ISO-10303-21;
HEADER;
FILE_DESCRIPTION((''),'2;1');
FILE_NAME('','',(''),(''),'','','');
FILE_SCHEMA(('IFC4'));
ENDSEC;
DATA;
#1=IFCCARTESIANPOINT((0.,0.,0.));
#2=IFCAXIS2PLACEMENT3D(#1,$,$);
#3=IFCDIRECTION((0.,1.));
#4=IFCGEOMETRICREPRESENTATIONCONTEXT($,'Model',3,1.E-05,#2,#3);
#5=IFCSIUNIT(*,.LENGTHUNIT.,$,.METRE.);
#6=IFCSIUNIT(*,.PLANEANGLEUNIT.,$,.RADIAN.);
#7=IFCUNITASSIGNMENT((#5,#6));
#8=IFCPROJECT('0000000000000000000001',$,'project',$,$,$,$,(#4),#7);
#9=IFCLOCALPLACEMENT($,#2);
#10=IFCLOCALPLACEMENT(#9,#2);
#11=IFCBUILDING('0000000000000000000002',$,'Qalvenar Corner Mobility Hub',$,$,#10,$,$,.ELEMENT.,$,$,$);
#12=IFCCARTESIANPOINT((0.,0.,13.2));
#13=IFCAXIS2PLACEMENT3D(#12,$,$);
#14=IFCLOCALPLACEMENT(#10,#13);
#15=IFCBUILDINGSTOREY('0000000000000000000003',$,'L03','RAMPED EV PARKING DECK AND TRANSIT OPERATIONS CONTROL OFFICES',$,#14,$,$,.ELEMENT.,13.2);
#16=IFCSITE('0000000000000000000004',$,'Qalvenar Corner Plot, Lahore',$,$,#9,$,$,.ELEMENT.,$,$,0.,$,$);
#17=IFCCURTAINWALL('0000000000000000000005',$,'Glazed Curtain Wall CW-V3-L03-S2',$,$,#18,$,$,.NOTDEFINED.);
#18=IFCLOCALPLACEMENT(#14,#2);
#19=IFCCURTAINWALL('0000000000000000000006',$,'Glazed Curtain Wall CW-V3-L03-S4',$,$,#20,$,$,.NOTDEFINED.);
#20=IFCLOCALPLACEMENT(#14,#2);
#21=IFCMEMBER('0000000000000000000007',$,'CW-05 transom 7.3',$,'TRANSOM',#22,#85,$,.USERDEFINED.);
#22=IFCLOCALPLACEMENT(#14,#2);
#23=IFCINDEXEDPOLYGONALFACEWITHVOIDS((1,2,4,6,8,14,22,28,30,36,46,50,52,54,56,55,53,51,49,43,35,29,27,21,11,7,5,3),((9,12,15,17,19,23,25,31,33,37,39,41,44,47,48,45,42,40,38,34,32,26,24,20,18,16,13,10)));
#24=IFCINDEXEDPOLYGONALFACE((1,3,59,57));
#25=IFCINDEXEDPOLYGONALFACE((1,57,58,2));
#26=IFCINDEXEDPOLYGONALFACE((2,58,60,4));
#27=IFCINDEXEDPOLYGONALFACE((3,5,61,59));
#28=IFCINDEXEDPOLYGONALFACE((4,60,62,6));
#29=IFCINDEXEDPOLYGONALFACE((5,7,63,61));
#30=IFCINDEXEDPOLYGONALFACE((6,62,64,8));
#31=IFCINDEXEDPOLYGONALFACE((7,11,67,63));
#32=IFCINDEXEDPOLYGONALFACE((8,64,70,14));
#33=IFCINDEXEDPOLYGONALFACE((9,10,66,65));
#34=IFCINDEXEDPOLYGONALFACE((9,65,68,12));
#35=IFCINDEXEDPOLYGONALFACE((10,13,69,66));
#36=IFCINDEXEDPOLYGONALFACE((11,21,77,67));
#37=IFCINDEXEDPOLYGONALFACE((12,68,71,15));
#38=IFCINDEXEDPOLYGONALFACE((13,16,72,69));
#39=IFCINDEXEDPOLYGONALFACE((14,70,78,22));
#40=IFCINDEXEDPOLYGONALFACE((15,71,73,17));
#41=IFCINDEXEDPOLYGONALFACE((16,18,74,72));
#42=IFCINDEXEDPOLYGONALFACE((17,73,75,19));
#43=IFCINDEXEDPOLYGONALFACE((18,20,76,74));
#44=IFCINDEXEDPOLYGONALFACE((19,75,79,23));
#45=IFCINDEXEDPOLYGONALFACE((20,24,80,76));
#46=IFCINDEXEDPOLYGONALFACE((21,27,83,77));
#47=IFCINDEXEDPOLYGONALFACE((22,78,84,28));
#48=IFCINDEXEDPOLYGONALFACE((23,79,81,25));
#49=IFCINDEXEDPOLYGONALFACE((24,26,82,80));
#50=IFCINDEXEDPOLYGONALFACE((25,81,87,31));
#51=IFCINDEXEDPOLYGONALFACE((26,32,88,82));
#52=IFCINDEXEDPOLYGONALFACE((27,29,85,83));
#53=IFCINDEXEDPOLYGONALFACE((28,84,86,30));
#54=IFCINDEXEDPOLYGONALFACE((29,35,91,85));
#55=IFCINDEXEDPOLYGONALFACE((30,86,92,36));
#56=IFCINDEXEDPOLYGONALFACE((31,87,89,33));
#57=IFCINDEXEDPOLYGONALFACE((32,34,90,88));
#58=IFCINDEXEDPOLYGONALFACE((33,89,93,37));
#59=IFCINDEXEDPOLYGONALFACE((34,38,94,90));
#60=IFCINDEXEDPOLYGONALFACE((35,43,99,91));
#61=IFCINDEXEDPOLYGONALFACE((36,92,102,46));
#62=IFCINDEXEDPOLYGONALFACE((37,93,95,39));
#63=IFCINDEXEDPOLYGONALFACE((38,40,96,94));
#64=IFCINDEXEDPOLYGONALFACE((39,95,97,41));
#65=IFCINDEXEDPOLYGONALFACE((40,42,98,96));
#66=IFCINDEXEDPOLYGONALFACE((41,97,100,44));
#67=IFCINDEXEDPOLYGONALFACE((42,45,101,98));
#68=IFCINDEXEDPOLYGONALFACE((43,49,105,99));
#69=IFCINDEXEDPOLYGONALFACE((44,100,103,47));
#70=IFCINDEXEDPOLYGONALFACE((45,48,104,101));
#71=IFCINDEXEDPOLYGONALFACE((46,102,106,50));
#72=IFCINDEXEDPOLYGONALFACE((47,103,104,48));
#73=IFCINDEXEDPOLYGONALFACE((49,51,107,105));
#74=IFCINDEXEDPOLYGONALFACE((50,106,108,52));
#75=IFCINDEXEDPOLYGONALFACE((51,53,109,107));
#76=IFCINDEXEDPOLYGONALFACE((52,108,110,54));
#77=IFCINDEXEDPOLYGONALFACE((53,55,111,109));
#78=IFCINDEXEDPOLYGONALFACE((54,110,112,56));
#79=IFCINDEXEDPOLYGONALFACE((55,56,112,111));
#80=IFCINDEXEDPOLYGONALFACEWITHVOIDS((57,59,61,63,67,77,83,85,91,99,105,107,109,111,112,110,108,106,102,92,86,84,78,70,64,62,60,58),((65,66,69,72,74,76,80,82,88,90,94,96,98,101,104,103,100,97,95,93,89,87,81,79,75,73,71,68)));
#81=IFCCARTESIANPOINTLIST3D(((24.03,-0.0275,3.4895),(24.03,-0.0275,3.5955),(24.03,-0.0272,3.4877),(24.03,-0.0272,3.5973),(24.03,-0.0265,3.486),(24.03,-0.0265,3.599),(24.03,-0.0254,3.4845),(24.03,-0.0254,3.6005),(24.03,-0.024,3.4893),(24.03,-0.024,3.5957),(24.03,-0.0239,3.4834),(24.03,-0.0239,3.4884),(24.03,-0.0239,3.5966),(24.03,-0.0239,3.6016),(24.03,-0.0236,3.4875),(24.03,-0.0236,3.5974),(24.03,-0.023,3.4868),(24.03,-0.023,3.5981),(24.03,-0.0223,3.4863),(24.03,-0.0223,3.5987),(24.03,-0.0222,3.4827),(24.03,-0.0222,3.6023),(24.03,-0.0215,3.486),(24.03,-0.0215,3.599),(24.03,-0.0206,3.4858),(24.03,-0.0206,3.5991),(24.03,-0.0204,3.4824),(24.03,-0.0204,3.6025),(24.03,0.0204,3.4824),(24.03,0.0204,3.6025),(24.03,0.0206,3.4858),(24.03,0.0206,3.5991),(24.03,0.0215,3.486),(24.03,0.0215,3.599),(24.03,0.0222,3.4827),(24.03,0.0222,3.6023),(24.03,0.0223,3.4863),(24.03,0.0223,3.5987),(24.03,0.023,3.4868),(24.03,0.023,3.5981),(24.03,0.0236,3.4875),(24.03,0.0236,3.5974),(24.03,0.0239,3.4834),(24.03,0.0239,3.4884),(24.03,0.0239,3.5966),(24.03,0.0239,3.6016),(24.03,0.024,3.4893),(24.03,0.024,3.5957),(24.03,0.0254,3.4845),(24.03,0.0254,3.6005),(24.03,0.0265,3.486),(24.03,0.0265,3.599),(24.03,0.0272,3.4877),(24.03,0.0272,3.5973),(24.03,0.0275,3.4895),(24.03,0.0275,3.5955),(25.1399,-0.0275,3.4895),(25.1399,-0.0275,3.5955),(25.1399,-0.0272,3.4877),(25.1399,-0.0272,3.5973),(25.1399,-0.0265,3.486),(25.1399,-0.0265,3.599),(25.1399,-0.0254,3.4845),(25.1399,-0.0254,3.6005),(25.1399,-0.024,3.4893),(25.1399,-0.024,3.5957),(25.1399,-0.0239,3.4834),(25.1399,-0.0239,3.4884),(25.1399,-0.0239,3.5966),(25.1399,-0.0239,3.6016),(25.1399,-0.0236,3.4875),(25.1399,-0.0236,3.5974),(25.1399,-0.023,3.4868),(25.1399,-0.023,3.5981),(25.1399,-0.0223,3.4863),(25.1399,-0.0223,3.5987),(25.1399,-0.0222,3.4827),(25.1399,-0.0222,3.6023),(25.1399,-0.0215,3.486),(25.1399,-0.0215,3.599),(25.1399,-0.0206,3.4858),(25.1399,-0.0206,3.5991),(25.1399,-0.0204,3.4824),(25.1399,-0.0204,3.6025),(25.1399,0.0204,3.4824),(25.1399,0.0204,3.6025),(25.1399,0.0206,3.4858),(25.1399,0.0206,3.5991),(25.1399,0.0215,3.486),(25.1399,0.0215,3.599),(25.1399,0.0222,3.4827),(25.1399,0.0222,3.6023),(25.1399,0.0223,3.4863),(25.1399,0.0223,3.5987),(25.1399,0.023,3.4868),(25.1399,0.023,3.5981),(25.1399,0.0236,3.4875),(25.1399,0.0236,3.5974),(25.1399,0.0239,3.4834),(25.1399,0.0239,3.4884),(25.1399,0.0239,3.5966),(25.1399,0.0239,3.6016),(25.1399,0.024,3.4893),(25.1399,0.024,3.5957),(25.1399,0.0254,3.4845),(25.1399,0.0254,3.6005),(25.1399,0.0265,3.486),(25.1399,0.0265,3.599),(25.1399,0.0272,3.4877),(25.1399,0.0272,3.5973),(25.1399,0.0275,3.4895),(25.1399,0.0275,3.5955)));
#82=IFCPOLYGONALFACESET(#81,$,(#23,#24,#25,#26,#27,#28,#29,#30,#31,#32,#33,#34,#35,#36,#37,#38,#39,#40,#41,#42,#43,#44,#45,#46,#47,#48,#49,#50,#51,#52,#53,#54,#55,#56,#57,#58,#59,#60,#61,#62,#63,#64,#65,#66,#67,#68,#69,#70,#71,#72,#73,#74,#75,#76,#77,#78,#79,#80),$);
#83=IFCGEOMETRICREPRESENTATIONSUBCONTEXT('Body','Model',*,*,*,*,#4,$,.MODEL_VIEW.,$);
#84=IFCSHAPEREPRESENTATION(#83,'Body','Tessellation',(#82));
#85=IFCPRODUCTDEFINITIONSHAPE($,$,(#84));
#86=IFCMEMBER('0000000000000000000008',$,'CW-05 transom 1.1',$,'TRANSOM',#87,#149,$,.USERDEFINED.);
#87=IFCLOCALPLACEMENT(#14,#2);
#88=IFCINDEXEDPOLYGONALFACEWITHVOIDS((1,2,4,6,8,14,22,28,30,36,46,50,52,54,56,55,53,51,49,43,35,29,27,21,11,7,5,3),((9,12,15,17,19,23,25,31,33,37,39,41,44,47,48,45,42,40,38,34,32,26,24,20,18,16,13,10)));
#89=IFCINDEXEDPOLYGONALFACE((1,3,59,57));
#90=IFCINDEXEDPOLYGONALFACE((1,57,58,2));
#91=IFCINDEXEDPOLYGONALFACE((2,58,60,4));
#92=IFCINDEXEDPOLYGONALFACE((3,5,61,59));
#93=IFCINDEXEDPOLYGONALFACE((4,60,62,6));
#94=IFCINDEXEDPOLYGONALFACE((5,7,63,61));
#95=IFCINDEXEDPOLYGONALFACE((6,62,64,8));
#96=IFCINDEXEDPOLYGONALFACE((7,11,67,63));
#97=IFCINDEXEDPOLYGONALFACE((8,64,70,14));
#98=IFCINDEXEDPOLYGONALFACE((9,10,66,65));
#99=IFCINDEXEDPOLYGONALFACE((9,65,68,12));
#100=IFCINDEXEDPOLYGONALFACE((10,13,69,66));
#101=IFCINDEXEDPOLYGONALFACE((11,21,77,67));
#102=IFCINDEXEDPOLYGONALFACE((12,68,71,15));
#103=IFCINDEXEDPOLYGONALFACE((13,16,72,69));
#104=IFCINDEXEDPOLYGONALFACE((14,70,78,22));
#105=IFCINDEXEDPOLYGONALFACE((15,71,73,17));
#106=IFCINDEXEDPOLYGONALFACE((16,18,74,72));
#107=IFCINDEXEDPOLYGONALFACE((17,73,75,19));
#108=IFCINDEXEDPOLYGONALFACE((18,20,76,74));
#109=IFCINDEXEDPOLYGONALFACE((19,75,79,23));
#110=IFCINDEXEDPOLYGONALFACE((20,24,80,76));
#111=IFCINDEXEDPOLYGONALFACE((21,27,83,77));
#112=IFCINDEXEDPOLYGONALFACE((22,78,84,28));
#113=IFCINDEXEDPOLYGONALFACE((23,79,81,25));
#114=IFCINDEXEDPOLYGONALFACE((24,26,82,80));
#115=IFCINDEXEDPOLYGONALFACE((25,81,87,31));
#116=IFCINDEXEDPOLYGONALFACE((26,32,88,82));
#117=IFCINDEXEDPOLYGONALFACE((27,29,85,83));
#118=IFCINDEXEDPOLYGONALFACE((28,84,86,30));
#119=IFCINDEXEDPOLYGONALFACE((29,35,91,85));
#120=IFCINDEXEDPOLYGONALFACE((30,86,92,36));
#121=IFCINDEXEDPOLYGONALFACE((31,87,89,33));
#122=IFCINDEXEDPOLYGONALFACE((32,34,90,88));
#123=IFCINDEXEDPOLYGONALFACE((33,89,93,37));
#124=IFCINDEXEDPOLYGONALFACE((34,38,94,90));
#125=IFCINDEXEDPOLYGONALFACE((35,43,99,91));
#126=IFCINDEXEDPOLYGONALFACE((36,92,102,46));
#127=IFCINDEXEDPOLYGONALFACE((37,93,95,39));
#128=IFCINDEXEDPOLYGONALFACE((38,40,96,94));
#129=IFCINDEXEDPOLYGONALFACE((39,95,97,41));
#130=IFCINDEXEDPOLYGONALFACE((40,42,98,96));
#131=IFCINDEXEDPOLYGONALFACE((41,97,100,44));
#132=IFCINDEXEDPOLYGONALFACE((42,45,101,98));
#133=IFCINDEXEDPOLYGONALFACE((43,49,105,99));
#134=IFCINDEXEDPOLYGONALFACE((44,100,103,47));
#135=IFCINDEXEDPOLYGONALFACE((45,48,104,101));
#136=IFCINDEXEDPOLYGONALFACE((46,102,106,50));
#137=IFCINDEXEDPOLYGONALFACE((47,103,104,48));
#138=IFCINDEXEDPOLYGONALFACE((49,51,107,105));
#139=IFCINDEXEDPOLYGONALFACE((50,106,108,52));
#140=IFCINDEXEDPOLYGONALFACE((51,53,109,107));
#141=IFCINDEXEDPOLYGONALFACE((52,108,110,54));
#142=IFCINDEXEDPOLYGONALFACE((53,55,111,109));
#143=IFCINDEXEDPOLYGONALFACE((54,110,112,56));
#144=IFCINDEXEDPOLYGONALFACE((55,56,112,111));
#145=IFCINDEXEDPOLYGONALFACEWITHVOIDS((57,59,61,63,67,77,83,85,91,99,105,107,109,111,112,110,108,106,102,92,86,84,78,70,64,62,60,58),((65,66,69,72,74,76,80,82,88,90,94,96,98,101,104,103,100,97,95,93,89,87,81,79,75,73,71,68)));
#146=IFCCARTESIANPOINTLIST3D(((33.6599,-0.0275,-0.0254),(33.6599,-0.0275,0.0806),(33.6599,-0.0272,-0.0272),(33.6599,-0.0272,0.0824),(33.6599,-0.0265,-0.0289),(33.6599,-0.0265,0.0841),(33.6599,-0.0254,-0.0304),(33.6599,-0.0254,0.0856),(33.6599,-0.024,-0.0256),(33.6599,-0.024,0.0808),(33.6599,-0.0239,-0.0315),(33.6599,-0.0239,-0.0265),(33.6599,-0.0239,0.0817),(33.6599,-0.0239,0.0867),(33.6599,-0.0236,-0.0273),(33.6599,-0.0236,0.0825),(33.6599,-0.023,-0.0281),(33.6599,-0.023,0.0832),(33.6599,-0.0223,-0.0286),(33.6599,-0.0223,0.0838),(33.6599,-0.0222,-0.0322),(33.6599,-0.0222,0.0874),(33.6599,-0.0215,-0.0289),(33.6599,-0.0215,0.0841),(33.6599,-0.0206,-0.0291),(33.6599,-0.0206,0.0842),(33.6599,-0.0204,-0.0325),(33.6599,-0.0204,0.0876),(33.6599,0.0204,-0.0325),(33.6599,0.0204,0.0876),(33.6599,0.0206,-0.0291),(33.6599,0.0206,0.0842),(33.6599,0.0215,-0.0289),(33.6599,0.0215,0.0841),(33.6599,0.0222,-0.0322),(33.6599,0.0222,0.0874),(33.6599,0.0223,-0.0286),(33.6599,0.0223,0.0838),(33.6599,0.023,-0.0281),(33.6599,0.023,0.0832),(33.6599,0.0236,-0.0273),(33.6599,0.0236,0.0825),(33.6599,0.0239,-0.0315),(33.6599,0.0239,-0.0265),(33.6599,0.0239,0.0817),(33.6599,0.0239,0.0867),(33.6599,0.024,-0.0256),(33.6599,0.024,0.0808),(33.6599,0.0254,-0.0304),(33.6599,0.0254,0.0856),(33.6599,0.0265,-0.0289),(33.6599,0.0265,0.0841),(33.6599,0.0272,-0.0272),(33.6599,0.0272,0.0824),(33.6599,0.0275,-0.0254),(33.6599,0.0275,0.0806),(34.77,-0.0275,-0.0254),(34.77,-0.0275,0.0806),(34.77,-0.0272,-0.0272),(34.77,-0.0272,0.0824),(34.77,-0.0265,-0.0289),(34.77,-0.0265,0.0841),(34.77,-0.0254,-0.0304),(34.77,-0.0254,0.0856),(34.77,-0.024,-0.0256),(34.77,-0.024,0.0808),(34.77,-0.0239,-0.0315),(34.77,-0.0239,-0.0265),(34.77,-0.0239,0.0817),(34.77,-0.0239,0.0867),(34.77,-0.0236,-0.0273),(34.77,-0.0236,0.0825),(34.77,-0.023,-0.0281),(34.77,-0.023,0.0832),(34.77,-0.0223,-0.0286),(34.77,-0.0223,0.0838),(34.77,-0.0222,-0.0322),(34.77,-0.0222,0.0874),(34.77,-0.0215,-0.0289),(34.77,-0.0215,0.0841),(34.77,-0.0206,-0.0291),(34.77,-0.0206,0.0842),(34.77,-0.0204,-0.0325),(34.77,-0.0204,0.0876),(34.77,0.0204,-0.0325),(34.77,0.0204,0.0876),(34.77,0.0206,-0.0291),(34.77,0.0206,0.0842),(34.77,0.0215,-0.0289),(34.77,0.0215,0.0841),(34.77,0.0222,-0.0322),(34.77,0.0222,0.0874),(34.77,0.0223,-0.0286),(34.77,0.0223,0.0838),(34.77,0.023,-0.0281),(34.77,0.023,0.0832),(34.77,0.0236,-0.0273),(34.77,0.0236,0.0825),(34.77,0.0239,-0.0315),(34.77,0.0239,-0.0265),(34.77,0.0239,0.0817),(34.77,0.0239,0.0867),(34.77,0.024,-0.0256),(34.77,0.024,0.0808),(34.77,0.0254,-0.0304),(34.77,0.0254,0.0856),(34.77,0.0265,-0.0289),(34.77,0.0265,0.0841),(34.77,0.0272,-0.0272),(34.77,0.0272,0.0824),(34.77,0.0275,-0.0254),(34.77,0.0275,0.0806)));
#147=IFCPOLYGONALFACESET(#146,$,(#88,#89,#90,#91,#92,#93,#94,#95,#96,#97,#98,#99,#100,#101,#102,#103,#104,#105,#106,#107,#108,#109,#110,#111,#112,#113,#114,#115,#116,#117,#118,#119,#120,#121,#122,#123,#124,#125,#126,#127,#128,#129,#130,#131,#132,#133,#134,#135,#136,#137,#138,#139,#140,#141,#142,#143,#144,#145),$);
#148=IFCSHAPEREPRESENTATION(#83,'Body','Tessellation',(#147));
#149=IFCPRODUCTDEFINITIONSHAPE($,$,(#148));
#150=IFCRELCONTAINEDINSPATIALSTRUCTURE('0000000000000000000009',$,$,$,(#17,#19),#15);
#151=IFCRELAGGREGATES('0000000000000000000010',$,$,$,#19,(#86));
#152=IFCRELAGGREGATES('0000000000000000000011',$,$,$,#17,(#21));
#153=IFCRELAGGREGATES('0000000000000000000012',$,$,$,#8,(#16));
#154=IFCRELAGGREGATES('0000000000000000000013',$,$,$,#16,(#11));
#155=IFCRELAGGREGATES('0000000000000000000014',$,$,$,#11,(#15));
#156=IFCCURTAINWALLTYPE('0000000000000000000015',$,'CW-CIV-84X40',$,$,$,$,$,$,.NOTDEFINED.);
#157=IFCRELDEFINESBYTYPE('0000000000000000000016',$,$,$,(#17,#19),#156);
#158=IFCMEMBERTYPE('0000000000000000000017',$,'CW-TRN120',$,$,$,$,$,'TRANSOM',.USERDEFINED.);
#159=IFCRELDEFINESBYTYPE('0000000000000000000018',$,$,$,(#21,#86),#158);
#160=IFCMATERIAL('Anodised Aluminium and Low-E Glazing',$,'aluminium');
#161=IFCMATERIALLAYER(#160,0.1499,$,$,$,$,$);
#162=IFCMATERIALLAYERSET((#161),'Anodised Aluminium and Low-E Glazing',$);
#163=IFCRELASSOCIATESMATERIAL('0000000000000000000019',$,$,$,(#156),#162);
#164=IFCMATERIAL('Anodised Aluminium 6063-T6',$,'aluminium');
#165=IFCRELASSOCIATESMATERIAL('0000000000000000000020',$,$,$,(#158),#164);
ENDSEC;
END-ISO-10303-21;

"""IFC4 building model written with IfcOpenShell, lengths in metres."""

from ifc_helpers import new_model, si_unit, direction, frame, origin, origin_2d, place, context, subcontext, project, spatial, hollow_rectangle, extrude, material, layer, layer_set, material_profile, profile_set, type_object, element, aggregate, save


model = new_model("IFC4")

# Units and contexts
model_context = context("Model", 3, precision=1e-05, world=origin(), true_north=direction((0.0, 1.0)))
body_context = subcontext(model_context, "Body", "Model", "MODEL_VIEW")
ifc_project = project(units=[si_unit("LENGTHUNIT", "METRE"), si_unit("PLANEANGLEUNIT", "RADIAN")], contexts=[model_context])

# Site, building, storey
site_placement = place(None, origin())
site = spatial("IfcSite", under=ifc_project, at=site_placement, Name="Qalvenar Corner Plot, Lahore", CompositionType="ELEMENT", RefElevation=0.0)
building_placement = place(site_placement, origin())
building = spatial("IfcBuilding", under=site, at=building_placement, Name="Qalvenar Corner Mobility Hub", CompositionType="ELEMENT")
storey_placement = place(building_placement, frame((0.0, 0.0, 13.2)))
storey = spatial("IfcBuildingStorey", under=building, at=storey_placement, Name="L03", Description="RAMPED EV PARKING DECK AND TRANSIT OPERATIONS CONTROL OFFICES", CompositionType="ELEMENT", Elevation=13.2)

# Curtain wall
ifc_material_1 = material(Name="Anodised Aluminium and Low-E Glazing", Category="aluminium")
ifc_layer_1 = layer(ifc_material_1, 0.1499)
ifc_layer_set_1 = layer_set([ifc_layer_1], Name="Anodised Aluminium and Low-E Glazing")
curtain_wall_type = type_object("IfcCurtainWallType", Name="CW-CIV-84X40", PredefinedType="NOTDEFINED", material=ifc_layer_set_1)
curtain_wall_1_placement = place(storey_placement, origin())
curtain_wall_1 = element("IfcCurtainWall", 1, at=curtain_wall_1_placement, inside=storey, type_object=curtain_wall_type, Name="Glazed Curtain Wall CW-V3-L03-S2", PredefinedType="NOTDEFINED")
ifc_material_2 = material(Name="Anodised Aluminium 6063-T6", Category="aluminium")

# Curtain wall
curtain_wall_2_placement = place(storey_placement, origin())
curtain_wall_2 = element("IfcCurtainWall", 2, at=curtain_wall_2_placement, inside=storey, type_object=curtain_wall_type, Name="Glazed Curtain Wall CW-V3-L03-S4", PredefinedType="NOTDEFINED")

# Members
ifc_material_profile_1 = material_profile(ifc_material_2, hollow_rectangle(XDim=0.0549, YDim=0.1201, WallThickness=0.0034, InnerFilletRadius=0.0034, OuterFilletRadius=0.0071, at=origin_2d()), Name="RHS120x55x3.5")
ifc_profile_set_1 = profile_set([ifc_material_profile_1], Name="Anodised Aluminium 6063-T6")
member_type_1 = type_object("IfcMemberType", Name="CW-TRN120", ElementType="TRANSOM", PredefinedType="USERDEFINED", material=ifc_profile_set_1)
member_1_placement = place(storey_placement, frame((24.03, 0.0, 3.5425), z_axis=(1.0, 0.0, 0.0), x_axis=(0.0, 1.0, 0.0)))
member_1 = element("IfcMember", 3, at=member_1_placement, type_object=member_type_1, Name="CW-05 transom 7.3", ObjectType="TRANSOM", PredefinedType="USERDEFINED", context=body_context, shape_type="SweptSolid", body=[
    extrude(hollow_rectangle(XDim=0.0549, YDim=0.1201, WallThickness=0.0034, InnerFilletRadius=0.0034, OuterFilletRadius=0.0071, at=origin_2d()), origin(), (0.0, 0.0, 1.0), 1.1099),
])
member_2_placement = place(storey_placement, frame((33.6599, 0.0, 0.0276), z_axis=(1.0, 0.0, 0.0), x_axis=(0.0, 1.0, 0.0)))
member_2 = element("IfcMember", 4, at=member_2_placement, type_object=member_type_1, Name="CW-05 transom 1.1", ObjectType="TRANSOM", PredefinedType="USERDEFINED", context=body_context, shape_type="SweptSolid", body=[
    extrude(hollow_rectangle(XDim=0.0549, YDim=0.1201, WallThickness=0.0034, InnerFilletRadius=0.0034, OuterFilletRadius=0.0071, at=origin_2d()), origin(), (0.0, 0.0, 1.0), 1.1101),
])
aggregate(curtain_wall_2, [member_2])

aggregate(curtain_wall_1, [member_1])

save(model, "model.ifc")
